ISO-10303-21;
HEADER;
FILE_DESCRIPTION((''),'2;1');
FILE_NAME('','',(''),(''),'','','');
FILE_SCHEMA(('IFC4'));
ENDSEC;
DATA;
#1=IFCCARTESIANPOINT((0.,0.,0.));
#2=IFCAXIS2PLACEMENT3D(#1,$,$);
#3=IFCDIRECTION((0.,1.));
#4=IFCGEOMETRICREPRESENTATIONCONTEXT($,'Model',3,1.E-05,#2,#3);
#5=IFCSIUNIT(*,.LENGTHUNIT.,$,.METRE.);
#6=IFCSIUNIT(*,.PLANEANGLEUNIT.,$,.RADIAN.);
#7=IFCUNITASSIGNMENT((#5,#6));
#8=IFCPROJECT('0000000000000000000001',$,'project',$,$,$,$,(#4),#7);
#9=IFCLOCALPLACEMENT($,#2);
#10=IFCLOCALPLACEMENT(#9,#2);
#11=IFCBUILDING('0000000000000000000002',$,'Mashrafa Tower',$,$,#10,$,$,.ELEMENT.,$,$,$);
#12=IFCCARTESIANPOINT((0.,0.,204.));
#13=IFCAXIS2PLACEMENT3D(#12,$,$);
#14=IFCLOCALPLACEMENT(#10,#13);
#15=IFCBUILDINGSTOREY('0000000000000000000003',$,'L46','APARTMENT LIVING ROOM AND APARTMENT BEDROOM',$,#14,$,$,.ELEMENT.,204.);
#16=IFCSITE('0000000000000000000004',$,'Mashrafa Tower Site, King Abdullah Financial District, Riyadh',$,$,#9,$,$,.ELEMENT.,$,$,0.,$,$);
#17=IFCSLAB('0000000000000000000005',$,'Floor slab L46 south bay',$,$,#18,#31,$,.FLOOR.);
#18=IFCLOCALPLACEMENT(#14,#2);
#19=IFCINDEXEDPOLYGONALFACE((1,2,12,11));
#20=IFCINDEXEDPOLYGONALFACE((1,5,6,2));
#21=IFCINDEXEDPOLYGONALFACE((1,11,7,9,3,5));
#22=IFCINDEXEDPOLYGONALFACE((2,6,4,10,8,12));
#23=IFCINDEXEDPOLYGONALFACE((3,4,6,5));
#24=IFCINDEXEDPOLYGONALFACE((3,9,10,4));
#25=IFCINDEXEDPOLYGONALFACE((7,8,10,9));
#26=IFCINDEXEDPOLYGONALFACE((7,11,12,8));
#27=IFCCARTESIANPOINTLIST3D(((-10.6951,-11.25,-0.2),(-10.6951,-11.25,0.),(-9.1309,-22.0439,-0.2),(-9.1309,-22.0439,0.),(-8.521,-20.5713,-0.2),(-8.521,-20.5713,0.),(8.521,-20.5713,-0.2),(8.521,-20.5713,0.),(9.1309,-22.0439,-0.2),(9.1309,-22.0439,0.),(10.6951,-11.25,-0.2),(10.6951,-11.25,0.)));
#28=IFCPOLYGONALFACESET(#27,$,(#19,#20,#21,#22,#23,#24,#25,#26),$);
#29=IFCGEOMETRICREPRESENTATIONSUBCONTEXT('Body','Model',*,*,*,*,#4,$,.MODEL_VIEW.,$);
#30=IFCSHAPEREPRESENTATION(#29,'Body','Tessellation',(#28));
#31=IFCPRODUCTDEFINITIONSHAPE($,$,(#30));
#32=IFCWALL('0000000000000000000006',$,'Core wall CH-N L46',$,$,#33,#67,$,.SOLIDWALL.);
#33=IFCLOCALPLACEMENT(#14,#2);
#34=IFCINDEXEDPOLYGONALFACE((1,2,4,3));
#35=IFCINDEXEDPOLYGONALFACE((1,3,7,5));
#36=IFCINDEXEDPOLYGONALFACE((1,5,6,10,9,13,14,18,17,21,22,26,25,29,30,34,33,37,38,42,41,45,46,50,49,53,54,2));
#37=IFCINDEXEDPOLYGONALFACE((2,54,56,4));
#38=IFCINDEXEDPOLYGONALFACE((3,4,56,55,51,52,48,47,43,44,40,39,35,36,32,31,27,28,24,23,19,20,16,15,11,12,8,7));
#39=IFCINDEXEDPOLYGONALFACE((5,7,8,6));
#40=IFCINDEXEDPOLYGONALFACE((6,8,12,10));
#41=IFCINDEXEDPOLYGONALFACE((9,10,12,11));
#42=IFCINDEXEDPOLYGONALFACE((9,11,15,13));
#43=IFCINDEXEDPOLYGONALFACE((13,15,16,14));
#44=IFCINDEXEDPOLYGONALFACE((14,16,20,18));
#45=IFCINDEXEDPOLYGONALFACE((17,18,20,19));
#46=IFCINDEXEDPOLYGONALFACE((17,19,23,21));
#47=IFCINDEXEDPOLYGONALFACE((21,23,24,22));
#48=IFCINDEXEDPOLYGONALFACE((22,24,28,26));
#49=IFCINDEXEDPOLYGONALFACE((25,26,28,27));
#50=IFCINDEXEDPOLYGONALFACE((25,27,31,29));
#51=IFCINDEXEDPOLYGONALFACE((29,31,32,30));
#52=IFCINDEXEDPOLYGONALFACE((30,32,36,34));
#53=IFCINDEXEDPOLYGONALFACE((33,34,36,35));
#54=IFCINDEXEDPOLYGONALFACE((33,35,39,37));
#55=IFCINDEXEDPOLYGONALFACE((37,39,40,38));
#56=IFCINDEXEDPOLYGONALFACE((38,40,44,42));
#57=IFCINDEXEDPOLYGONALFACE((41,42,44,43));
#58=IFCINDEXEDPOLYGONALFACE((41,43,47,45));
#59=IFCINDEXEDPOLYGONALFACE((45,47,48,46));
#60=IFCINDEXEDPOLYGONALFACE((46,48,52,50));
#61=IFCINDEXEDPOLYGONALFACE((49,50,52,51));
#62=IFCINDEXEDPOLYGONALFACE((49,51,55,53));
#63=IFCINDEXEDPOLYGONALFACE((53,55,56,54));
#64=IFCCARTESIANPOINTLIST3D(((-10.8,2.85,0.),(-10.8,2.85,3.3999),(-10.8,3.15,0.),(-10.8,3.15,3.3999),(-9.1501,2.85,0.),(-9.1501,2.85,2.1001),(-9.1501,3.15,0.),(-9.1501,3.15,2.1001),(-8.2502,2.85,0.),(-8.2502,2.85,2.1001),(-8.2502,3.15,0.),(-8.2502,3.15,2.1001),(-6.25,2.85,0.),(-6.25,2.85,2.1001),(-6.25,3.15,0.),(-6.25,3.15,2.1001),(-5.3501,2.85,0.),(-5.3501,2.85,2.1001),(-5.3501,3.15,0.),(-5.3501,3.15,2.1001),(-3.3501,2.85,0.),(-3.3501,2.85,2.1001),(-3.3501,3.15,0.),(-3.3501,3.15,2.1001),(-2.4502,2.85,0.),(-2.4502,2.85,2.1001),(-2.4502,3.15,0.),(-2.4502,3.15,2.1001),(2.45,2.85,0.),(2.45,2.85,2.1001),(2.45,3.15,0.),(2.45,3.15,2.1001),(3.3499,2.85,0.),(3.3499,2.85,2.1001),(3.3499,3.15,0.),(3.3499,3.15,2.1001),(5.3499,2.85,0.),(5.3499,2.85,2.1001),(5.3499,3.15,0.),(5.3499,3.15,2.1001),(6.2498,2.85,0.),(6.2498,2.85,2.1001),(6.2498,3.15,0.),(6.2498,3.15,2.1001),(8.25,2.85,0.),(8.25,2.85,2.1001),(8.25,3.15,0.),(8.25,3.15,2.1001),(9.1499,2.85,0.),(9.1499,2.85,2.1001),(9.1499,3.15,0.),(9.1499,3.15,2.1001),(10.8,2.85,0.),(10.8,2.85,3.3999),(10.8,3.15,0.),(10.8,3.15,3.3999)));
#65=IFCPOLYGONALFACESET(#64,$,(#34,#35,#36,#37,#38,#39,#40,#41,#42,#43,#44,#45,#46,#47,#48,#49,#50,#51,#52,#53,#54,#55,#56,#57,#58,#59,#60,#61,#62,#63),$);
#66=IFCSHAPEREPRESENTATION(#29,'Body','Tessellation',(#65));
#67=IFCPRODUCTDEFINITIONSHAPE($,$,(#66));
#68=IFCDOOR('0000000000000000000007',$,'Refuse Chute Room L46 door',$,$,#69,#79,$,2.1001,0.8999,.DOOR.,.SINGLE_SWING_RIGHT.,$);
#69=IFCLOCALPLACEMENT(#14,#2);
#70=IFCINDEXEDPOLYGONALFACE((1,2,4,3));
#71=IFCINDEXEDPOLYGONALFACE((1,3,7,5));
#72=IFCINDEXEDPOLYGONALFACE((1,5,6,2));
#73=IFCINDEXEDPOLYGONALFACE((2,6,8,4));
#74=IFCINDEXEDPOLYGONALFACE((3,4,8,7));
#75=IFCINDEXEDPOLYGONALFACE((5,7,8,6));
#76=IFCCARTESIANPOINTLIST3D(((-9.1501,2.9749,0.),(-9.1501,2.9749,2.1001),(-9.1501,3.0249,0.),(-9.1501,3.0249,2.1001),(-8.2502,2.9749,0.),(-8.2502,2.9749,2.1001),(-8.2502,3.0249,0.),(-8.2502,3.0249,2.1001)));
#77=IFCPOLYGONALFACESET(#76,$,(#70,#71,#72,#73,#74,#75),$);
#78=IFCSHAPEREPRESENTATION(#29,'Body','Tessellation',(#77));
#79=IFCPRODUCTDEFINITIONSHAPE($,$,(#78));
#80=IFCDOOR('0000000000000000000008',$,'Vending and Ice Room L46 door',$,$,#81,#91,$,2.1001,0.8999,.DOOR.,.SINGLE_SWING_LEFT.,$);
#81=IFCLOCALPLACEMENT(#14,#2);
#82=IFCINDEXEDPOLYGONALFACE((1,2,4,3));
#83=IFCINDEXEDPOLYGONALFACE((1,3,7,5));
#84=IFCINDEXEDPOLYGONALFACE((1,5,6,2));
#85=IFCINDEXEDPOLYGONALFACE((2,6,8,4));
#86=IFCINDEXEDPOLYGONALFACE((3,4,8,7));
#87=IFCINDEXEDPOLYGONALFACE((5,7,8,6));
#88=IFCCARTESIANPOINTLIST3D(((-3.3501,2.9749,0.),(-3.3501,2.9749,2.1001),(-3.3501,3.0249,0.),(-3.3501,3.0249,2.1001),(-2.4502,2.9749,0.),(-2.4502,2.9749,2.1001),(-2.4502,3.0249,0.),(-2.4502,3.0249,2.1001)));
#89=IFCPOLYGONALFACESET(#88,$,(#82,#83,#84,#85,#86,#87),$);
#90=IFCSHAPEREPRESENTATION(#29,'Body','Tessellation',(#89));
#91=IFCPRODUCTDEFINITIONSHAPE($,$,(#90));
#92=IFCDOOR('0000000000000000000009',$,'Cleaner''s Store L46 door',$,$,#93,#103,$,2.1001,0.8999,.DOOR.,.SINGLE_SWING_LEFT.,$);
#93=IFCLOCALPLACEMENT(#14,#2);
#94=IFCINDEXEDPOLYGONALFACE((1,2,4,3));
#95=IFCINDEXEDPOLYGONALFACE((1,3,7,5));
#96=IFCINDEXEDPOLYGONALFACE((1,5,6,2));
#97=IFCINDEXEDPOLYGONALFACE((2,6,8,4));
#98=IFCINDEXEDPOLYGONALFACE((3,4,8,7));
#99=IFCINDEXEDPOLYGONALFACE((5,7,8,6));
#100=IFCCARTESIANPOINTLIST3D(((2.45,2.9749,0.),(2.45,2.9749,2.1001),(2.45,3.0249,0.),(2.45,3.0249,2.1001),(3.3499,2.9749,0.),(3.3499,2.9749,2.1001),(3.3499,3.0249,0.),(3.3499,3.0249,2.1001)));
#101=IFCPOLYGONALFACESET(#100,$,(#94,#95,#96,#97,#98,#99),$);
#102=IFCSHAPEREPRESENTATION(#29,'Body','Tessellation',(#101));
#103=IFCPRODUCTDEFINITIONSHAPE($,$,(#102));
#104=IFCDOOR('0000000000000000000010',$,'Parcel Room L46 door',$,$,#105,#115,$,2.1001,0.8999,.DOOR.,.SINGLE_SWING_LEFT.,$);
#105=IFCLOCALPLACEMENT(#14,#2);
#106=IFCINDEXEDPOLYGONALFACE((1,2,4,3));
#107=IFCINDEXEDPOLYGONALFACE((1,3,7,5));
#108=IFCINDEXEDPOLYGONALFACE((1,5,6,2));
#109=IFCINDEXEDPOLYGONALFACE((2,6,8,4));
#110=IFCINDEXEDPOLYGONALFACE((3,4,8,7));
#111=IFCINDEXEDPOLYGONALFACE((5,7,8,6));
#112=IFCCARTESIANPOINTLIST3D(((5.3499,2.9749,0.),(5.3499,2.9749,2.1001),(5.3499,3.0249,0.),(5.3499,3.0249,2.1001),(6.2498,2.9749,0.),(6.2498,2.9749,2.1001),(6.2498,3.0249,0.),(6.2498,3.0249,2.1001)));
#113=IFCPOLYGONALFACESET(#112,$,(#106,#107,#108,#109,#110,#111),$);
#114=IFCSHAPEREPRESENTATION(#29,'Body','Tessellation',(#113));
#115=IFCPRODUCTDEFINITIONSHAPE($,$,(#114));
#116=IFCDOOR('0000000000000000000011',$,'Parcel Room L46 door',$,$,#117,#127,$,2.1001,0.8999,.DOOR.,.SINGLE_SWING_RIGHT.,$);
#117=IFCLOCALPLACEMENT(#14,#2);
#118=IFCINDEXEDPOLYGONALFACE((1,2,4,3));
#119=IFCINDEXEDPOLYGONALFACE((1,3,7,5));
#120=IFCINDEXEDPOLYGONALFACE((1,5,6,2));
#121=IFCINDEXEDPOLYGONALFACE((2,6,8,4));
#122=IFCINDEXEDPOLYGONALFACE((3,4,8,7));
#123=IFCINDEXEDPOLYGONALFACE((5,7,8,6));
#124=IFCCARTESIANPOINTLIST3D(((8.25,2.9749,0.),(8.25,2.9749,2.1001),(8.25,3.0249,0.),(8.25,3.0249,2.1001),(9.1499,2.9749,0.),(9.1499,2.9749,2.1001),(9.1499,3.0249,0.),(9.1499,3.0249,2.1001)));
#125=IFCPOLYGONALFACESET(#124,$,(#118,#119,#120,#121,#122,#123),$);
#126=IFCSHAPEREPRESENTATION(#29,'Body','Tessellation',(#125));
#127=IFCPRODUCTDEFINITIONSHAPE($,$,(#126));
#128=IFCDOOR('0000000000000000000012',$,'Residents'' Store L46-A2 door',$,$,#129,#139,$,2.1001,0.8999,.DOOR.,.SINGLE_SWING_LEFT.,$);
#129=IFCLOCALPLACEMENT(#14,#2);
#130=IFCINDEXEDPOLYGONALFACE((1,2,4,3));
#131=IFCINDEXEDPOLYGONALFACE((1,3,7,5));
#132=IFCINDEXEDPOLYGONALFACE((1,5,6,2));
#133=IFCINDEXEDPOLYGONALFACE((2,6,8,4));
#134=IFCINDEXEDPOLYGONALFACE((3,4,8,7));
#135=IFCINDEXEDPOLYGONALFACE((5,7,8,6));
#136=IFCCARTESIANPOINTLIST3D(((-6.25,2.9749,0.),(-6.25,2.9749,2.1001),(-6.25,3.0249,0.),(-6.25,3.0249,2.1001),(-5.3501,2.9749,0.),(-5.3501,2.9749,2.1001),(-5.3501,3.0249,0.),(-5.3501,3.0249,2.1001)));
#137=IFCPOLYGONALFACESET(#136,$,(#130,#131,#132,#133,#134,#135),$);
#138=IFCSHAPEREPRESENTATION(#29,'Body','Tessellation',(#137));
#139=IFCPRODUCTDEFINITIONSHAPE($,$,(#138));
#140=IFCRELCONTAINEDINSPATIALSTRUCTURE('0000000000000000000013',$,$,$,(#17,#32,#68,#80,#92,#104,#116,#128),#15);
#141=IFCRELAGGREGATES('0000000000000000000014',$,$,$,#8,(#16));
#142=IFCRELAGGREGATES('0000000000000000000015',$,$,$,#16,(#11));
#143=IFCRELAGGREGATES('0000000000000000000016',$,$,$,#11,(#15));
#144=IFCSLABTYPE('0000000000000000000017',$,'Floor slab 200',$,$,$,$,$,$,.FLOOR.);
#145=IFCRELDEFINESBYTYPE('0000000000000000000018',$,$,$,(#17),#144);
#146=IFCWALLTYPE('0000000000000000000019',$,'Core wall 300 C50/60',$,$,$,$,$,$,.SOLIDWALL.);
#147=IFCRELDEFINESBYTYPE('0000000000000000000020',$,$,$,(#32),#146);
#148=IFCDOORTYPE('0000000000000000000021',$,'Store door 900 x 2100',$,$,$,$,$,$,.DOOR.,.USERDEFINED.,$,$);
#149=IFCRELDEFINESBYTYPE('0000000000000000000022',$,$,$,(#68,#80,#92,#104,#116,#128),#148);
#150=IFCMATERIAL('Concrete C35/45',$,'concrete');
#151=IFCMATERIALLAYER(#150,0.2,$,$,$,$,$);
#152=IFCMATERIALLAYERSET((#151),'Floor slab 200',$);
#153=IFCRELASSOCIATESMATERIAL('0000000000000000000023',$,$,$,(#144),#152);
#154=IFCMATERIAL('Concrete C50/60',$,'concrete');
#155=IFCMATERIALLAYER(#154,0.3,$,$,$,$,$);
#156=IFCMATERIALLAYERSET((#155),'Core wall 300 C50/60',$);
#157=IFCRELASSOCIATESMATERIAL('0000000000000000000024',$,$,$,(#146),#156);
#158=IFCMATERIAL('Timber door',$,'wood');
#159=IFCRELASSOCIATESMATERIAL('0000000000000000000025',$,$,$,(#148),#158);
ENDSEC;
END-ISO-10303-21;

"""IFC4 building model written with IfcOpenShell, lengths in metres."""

from ifc_helpers import new_model, si_unit, direction, frame, frame_2d, origin, place, context, subcontext, project, spatial, polyline, rectangle, outline, extrude, material, layer, layer_set, type_object, element, fill, save


model = new_model("IFC4")

# Units and contexts
model_context = context("Model", 3, precision=1e-05, world=origin(), true_north=direction((0.0, 1.0)))
body_context = subcontext(model_context, "Body", "Model", "MODEL_VIEW")
ifc_project = project(units=[si_unit("LENGTHUNIT", "METRE"), si_unit("PLANEANGLEUNIT", "RADIAN")], contexts=[model_context])

# Site, building, storey
site_placement = place(None, origin())
site = spatial("IfcSite", under=ifc_project, at=site_placement, Name="Mashrafa Tower Site, King Abdullah Financial District, Riyadh", CompositionType="ELEMENT", RefElevation=0.0)
building_placement = place(site_placement, origin())
building = spatial("IfcBuilding", under=site, at=building_placement, Name="Mashrafa Tower", CompositionType="ELEMENT")
storey_placement = place(building_placement, frame((0.0, 0.0, 204.0)))
storey = spatial("IfcBuildingStorey", under=building, at=storey_placement, Name="L46", Description="APARTMENT LIVING ROOM AND APARTMENT BEDROOM", CompositionType="ELEMENT", Elevation=204.0)

# Slab
ifc_material_1 = material(Name="Concrete C35/45", Category="concrete")
ifc_layer_1 = layer(ifc_material_1, 0.2)
ifc_layer_set_1 = layer_set([ifc_layer_1], Name="Floor slab 200")
slab_type = type_object("IfcSlabType", Name="Floor slab 200", PredefinedType="FLOOR", material=ifc_layer_set_1)
slab_1_placement = place(storey_placement, frame((0.0, 0.0, -0.2)))
element("IfcSlab", 1, at=slab_1_placement, inside=storey, type_object=slab_type, Name="Floor slab L46 south bay", PredefinedType="FLOOR", context=body_context, shape_type="SweptSolid", body=[
    extrude(outline(polyline([(-9.1309, -22.0439), (-8.521, -20.5713), (-10.6951, -11.25), (10.6951, -11.25), (8.521, -20.5713), (9.1309, -22.0439), (-9.1309, -22.0439)])), origin(), (0.0, 0.0, 1.0), 0.2),
])

# Wall, openings, doors
ifc_material_2 = material(Name="Concrete C50/60", Category="concrete")
ifc_layer_2 = layer(ifc_material_2, 0.3)
ifc_layer_set_2 = layer_set([ifc_layer_2], Name="Core wall 300 C50/60")
wall_type_1 = type_object("IfcWallType", Name="Core wall 300 C50/60", PredefinedType="SOLIDWALL", material=ifc_layer_set_2)
wall_1_placement = place(storey_placement, frame((-10.8, 3.0, 0.0), z_axis=(0.0, 0.0, 1.0), x_axis=(1.0, 0.0, 0.0)))
wall_1 = element("IfcWall", 2, at=wall_1_placement, inside=storey, type_object=wall_type_1, Name="Core wall CH-N L46", PredefinedType="SOLIDWALL", context=body_context, shape_type="SweptSolid", body=[
    extrude(rectangle(XDim=21.6001, YDim=0.3, at=frame_2d((10.8, 0.0))), origin(), (0.0, 0.0, 1.0), 3.3999),
])
opening_1_placement = place(wall_1_placement, frame((1.6499, 0.0, 0.0)))
opening_1 = element("IfcOpeningElement", 3, at=opening_1_placement, cuts=wall_1, PredefinedType="OPENING", context=body_context, shape_type="SweptSolid", body=[
    extrude(rectangle(XDim=0.8999, YDim=2.1001, at=frame_2d((0.45, 1.05))), frame((0.0, 0.1599, 0.0), z_axis=(0.0, -1.0, 0.0), x_axis=(1.0, 0.0, 0.0)), (0.0, 0.0, 1.0), 0.3201),
])
opening_2_placement = place(wall_1_placement, frame((7.45, 0.0, 0.0)))
opening_2 = element("IfcOpeningElement", 4, at=opening_2_placement, cuts=wall_1, PredefinedType="OPENING", context=body_context, shape_type="SweptSolid", body=[
    extrude(rectangle(XDim=0.8999, YDim=2.1001, at=frame_2d((0.45, 1.05))), frame((0.0, 0.1599, 0.0), z_axis=(0.0, -1.0, 0.0), x_axis=(1.0, 0.0, 0.0)), (0.0, 0.0, 1.0), 0.3201),
])
opening_3_placement = place(wall_1_placement, frame((13.25, 0.0, 0.0)))
opening_3 = element("IfcOpeningElement", 5, at=opening_3_placement, cuts=wall_1, PredefinedType="OPENING", context=body_context, shape_type="SweptSolid", body=[
    extrude(rectangle(XDim=0.8999, YDim=2.1001, at=frame_2d((0.45, 1.05))), frame((0.0, 0.1599, 0.0), z_axis=(0.0, -1.0, 0.0), x_axis=(1.0, 0.0, 0.0)), (0.0, 0.0, 1.0), 0.3201),
])
opening_4_placement = place(wall_1_placement, frame((16.1499, 0.0, 0.0)))
opening_4 = element("IfcOpeningElement", 6, at=opening_4_placement, cuts=wall_1, PredefinedType="OPENING", context=body_context, shape_type="SweptSolid", body=[
    extrude(rectangle(XDim=0.8999, YDim=2.1001, at=frame_2d((0.45, 1.05))), frame((0.0, 0.1599, 0.0), z_axis=(0.0, -1.0, 0.0), x_axis=(1.0, 0.0, 0.0)), (0.0, 0.0, 1.0), 0.3201),
])
opening_5_placement = place(wall_1_placement, frame((19.05, 0.0, 0.0)))
opening_5 = element("IfcOpeningElement", 7, at=opening_5_placement, cuts=wall_1, PredefinedType="OPENING", context=body_context, shape_type="SweptSolid", body=[
    extrude(rectangle(XDim=0.8999, YDim=2.1001, at=frame_2d((0.45, 1.05))), frame((0.0, 0.1599, 0.0), z_axis=(0.0, -1.0, 0.0), x_axis=(1.0, 0.0, 0.0)), (0.0, 0.0, 1.0), 0.3201),
])
opening_6_placement = place(wall_1_placement, frame((4.55, 0.0, 0.0)))
opening_6 = element("IfcOpeningElement", 8, at=opening_6_placement, cuts=wall_1, PredefinedType="OPENING", context=body_context, shape_type="SweptSolid", body=[
    extrude(rectangle(XDim=0.8999, YDim=2.1001, at=frame_2d((0.45, 1.05))), frame((0.0, 0.1599, 0.0), z_axis=(0.0, -1.0, 0.0), x_axis=(1.0, 0.0, 0.0)), (0.0, 0.0, 1.0), 0.3201),
])
ifc_material_3 = material(Name="Timber door", Category="wood")
door_type_1 = type_object("IfcDoorType", Name="Store door 900 x 2100", OperationType="USERDEFINED", PredefinedType="DOOR", material=ifc_material_3)
door_1_placement = place(opening_1_placement, origin())
door_1 = element("IfcDoor", 9, at=door_1_placement, inside=storey, type_object=door_type_1, Name="Refuse Chute Room L46 door", OperationType="SINGLE_SWING_RIGHT", OverallHeight=2.1001, OverallWidth=0.8999, PredefinedType="DOOR", context=body_context, shape_type="SweptSolid", body=[
    extrude(rectangle(XDim=0.8999, YDim=2.1001, at=frame_2d((0.45, 1.05))), frame((0.0, 0.0249, 0.0), z_axis=(0.0, -1.0, 0.0), x_axis=(1.0, 0.0, 0.0)), (0.0, 0.0, 1.0), 0.05),
])
fill(opening_1, door_1)
door_2_placement = place(opening_2_placement, origin())
door_2 = element("IfcDoor", 10, at=door_2_placement, inside=storey, type_object=door_type_1, Name="Vending and Ice Room L46 door", OperationType="SINGLE_SWING_LEFT", OverallHeight=2.1001, OverallWidth=0.8999, PredefinedType="DOOR", context=body_context, shape_type="SweptSolid", body=[
    extrude(rectangle(XDim=0.8999, YDim=2.1001, at=frame_2d((0.45, 1.05))), frame((0.0, 0.0249, 0.0), z_axis=(0.0, -1.0, 0.0), x_axis=(1.0, 0.0, 0.0)), (0.0, 0.0, 1.0), 0.05),
])
fill(opening_2, door_2)
door_3_placement = place(opening_3_placement, origin())
door_3 = element("IfcDoor", 11, at=door_3_placement, inside=storey, type_object=door_type_1, Name="Cleaner's Store L46 door", OperationType="SINGLE_SWING_LEFT", OverallHeight=2.1001, OverallWidth=0.8999, PredefinedType="DOOR", context=body_context, shape_type="SweptSolid", body=[
    extrude(rectangle(XDim=0.8999, YDim=2.1001, at=frame_2d((0.45, 1.05))), frame((0.0, 0.0249, 0.0), z_axis=(0.0, -1.0, 0.0), x_axis=(1.0, 0.0, 0.0)), (0.0, 0.0, 1.0), 0.05),
])
fill(opening_3, door_3)
door_4_placement = place(opening_4_placement, origin())
door_4 = element("IfcDoor", 12, at=door_4_placement, inside=storey, type_object=door_type_1, Name="Parcel Room L46 door", OperationType="SINGLE_SWING_LEFT", OverallHeight=2.1001, OverallWidth=0.8999, PredefinedType="DOOR", context=body_context, shape_type="SweptSolid", body=[
    extrude(rectangle(XDim=0.8999, YDim=2.1001, at=frame_2d((0.45, 1.05))), frame((0.0, 0.0249, 0.0), z_axis=(0.0, -1.0, 0.0), x_axis=(1.0, 0.0, 0.0)), (0.0, 0.0, 1.0), 0.05),
])
fill(opening_4, door_4)
door_5_placement = place(opening_5_placement, origin())
door_5 = element("IfcDoor", 13, at=door_5_placement, inside=storey, type_object=door_type_1, Name="Parcel Room L46 door", OperationType="SINGLE_SWING_RIGHT", OverallHeight=2.1001, OverallWidth=0.8999, PredefinedType="DOOR", context=body_context, shape_type="SweptSolid", body=[
    extrude(rectangle(XDim=0.8999, YDim=2.1001, at=frame_2d((0.45, 1.05))), frame((0.0, 0.0249, 0.0), z_axis=(0.0, -1.0, 0.0), x_axis=(1.0, 0.0, 0.0)), (0.0, 0.0, 1.0), 0.05),
])
fill(opening_5, door_5)
door_6_placement = place(opening_6_placement, origin())
door_6 = element("IfcDoor", 14, at=door_6_placement, inside=storey, type_object=door_type_1, Name="Residents' Store L46-A2 door", OperationType="SINGLE_SWING_LEFT", OverallHeight=2.1001, OverallWidth=0.8999, PredefinedType="DOOR", context=body_context, shape_type="SweptSolid", body=[
    extrude(rectangle(XDim=0.8999, YDim=2.1001, at=frame_2d((0.45, 1.05))), frame((0.0, 0.0249, 0.0), z_axis=(0.0, -1.0, 0.0), x_axis=(1.0, 0.0, 0.0)), (0.0, 0.0, 1.0), 0.05),
])
fill(opening_6, door_6)

save(model, "model.ifc")
